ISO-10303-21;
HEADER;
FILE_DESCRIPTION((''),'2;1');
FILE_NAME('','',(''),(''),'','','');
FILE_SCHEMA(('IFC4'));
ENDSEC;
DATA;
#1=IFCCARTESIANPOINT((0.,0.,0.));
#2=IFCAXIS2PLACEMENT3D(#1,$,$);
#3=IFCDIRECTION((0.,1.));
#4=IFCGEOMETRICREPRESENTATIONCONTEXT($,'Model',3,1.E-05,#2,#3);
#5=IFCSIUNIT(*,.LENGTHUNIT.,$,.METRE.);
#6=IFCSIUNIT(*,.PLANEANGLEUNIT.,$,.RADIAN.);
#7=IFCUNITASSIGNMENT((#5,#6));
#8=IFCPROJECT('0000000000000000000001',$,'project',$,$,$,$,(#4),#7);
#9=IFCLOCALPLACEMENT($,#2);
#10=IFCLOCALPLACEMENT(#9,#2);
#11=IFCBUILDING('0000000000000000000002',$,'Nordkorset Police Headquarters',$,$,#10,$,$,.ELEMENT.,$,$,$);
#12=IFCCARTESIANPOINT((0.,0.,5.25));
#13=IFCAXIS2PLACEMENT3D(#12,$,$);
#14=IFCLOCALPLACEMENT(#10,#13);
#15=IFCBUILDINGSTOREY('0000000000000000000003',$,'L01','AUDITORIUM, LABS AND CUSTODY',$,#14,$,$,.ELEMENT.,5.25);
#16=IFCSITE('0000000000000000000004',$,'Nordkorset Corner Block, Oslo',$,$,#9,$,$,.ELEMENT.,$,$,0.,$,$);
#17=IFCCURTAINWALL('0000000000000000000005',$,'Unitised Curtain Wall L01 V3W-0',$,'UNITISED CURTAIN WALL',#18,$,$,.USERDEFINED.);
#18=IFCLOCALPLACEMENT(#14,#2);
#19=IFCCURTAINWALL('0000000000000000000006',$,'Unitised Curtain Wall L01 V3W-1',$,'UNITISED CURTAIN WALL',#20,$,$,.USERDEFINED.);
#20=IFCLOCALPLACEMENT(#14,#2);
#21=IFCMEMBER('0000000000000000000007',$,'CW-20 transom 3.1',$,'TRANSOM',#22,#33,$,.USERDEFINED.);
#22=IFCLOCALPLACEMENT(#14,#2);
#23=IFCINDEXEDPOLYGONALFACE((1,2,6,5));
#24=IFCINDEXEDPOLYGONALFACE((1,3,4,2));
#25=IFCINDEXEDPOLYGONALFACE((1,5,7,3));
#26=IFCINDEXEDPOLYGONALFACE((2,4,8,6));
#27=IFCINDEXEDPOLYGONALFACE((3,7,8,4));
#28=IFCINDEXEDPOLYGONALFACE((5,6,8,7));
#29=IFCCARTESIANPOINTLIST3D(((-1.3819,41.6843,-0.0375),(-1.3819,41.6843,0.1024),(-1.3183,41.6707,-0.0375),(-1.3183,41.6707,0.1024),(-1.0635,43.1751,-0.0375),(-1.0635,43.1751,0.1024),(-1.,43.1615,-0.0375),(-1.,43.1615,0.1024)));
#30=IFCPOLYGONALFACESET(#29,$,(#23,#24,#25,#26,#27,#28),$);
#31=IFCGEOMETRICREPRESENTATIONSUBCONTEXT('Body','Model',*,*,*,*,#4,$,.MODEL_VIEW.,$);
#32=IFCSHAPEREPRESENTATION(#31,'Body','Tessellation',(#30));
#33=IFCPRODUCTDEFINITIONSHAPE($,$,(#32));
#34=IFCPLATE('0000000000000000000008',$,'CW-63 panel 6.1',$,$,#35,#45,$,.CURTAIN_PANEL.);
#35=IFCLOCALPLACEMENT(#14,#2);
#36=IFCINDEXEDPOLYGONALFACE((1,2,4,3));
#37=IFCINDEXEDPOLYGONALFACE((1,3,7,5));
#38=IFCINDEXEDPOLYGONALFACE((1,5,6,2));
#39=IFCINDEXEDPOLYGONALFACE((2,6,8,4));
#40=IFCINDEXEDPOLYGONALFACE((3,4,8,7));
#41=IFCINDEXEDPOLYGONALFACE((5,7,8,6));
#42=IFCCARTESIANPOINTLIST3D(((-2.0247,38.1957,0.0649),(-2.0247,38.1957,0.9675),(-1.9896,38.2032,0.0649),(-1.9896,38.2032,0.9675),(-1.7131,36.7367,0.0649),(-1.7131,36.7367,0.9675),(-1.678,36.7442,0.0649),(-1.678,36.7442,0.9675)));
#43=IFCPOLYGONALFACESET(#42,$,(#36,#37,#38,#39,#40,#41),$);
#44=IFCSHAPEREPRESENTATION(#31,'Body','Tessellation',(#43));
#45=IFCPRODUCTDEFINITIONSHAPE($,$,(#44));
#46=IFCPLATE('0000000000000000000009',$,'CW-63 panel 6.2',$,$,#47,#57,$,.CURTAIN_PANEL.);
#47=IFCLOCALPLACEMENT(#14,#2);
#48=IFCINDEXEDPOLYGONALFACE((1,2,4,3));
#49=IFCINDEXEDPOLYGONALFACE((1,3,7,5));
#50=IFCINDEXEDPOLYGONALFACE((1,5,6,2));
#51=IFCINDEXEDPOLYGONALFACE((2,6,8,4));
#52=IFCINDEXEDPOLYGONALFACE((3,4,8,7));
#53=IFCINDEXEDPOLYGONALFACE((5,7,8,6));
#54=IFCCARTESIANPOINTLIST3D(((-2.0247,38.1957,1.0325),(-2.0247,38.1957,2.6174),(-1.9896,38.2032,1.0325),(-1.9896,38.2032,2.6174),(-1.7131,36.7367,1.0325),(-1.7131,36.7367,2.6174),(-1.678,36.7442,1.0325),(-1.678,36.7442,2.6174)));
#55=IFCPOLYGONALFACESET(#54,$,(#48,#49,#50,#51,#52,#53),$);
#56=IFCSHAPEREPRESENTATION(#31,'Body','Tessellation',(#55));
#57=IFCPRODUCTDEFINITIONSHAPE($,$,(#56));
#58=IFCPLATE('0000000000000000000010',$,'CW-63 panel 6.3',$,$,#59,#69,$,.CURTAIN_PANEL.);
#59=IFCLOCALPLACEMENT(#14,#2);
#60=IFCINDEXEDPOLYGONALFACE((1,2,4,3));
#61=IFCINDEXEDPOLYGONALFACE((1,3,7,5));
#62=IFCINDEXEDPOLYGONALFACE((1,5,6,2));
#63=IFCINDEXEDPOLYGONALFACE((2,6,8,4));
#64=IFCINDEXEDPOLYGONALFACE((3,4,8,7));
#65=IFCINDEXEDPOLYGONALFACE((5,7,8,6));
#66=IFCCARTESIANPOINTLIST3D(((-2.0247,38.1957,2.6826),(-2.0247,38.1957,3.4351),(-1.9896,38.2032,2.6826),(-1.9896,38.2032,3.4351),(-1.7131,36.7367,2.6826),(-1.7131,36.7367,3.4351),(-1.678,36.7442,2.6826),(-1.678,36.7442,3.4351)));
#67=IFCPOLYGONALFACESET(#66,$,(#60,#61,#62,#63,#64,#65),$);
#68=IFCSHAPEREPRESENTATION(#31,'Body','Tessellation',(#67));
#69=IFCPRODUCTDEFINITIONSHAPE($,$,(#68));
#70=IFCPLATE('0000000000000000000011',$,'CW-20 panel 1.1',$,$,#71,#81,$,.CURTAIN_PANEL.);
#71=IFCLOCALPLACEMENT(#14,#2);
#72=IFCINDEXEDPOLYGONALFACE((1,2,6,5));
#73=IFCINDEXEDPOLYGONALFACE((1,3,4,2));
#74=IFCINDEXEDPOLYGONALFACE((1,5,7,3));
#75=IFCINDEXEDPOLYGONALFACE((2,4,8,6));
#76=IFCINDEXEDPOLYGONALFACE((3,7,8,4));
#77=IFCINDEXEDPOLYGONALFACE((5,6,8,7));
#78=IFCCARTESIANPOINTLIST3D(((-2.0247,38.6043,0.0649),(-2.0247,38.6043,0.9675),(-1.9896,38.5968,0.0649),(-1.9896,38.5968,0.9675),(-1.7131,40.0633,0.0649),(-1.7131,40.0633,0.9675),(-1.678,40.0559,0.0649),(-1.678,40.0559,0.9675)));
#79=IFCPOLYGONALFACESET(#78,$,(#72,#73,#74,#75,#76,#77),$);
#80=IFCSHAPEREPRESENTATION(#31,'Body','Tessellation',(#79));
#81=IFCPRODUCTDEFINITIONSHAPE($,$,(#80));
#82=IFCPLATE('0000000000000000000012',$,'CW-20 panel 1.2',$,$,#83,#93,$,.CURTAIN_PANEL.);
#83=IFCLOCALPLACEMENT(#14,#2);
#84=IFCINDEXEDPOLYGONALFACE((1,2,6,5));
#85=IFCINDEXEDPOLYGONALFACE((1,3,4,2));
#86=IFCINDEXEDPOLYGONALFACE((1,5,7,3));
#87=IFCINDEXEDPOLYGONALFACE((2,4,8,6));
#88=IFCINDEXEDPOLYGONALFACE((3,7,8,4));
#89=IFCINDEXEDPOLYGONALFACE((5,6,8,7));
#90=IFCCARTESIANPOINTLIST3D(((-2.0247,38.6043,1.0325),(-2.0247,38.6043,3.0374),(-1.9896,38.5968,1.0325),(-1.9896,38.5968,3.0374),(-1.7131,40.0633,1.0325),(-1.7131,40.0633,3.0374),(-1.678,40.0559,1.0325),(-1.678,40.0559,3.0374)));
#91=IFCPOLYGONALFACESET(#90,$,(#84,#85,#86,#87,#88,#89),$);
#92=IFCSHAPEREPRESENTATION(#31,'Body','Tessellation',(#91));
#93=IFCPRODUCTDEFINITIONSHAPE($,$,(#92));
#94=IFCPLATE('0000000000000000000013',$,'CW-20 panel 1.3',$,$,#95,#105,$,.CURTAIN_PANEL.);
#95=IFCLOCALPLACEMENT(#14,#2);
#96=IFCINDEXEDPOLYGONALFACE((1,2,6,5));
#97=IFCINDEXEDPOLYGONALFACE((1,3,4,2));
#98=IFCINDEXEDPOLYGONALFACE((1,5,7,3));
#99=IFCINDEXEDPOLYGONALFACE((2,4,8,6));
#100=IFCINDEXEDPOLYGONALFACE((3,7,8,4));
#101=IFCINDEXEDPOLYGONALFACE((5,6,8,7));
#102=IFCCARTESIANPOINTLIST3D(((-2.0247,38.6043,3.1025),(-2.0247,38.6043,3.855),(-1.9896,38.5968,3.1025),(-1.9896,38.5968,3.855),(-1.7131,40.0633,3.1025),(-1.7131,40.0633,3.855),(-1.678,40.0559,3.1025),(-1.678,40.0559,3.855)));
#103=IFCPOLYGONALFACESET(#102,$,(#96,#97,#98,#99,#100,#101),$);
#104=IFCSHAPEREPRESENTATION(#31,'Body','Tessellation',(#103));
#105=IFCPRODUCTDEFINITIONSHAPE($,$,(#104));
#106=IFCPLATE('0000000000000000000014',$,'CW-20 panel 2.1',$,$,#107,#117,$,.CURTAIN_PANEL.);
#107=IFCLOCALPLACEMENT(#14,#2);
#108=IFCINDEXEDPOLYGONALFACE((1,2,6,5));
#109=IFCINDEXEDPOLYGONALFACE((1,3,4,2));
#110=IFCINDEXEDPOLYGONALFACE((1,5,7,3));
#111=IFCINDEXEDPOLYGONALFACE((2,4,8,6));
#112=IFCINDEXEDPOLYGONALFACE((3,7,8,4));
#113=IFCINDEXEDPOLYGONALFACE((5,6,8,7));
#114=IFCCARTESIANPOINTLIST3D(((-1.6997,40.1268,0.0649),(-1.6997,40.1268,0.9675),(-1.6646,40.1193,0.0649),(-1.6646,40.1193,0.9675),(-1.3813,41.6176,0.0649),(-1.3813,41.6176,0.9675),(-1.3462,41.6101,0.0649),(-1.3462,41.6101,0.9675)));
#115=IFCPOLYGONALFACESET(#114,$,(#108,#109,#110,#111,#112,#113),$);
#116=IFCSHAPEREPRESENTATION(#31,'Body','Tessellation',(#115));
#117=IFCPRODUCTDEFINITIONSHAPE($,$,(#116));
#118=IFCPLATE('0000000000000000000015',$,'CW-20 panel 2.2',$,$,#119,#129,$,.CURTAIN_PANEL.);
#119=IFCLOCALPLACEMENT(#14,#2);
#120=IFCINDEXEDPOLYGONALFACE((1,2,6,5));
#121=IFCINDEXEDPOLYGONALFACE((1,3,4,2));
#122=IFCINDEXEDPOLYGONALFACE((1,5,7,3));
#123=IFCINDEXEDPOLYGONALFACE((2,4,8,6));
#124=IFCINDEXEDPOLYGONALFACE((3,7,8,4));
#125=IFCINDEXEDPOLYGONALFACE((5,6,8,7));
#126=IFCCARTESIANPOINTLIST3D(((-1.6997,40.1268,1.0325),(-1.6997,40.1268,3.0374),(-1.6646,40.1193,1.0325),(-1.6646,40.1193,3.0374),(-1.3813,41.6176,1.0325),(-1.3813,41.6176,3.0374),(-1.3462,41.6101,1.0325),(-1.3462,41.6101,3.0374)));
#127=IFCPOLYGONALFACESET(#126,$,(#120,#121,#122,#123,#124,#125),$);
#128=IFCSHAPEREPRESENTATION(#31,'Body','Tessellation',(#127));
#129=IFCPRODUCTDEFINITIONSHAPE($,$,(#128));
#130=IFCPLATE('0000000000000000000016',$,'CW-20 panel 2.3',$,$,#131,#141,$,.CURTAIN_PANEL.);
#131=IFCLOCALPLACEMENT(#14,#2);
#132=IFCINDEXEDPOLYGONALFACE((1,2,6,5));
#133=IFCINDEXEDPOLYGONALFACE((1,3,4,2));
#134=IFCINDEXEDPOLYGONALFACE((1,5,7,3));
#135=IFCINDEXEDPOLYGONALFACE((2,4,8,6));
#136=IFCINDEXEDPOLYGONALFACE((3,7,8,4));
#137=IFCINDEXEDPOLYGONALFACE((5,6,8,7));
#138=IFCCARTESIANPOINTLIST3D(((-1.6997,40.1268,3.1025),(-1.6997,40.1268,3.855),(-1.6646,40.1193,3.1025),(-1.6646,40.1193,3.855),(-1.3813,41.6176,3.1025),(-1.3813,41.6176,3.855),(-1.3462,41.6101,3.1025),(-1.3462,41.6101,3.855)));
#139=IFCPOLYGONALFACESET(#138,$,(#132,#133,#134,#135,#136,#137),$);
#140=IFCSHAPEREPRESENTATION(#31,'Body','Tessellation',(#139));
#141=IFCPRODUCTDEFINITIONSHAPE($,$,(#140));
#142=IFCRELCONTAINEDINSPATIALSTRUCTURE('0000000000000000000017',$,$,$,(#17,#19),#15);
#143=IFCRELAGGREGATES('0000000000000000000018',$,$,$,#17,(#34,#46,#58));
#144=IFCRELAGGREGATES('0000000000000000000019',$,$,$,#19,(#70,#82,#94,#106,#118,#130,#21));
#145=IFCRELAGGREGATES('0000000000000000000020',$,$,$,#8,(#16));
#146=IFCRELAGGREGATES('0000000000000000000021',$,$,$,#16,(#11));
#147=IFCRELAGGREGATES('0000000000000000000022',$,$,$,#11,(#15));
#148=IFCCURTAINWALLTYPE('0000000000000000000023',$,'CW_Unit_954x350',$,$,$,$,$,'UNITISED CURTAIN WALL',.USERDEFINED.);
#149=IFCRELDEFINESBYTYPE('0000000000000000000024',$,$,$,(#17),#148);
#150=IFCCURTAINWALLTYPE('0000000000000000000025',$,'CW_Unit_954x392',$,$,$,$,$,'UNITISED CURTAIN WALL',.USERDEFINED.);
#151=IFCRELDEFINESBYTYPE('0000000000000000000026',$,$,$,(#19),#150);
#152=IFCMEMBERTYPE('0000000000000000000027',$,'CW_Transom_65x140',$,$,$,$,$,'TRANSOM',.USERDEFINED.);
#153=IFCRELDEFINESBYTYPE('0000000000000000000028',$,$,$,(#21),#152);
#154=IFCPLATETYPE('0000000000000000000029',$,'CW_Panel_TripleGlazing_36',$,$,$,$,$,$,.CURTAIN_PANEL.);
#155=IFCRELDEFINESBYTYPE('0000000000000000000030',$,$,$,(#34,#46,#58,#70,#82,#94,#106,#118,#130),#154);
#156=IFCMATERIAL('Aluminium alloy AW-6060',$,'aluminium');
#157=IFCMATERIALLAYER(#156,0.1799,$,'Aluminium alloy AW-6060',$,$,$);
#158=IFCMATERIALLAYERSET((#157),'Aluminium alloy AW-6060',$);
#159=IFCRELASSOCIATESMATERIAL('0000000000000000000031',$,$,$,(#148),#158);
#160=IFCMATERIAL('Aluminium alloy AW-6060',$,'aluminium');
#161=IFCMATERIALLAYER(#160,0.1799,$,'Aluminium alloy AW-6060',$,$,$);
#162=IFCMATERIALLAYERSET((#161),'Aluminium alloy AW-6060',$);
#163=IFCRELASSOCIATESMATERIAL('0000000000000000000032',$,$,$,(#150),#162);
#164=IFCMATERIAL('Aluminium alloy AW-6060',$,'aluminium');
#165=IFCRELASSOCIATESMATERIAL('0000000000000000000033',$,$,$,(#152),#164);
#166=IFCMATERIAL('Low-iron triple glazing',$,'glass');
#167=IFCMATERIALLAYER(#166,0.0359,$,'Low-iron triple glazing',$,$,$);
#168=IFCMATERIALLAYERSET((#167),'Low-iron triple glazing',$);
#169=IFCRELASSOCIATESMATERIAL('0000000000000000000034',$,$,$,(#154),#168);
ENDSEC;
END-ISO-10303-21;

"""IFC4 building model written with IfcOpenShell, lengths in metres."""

from ifc_helpers import new_model, si_unit, direction, frame, origin, origin_2d, place, context, subcontext, project, spatial, rectangle, extrude, material, layer, layer_set, material_profile, profile_set, type_object, element, aggregate, save


model = new_model("IFC4")

# Units and contexts
model_context = context("Model", 3, precision=1e-05, world=origin(), true_north=direction((0.0, 1.0)))
body_context = subcontext(model_context, "Body", "Model", "MODEL_VIEW")
ifc_project = project(units=[si_unit("LENGTHUNIT", "METRE"), si_unit("PLANEANGLEUNIT", "RADIAN")], contexts=[model_context])

# Site, building, storey
site_placement = place(None, origin())
site = spatial("IfcSite", under=ifc_project, at=site_placement, Name="Nordkorset Corner Block, Oslo", CompositionType="ELEMENT", RefElevation=0.0)
building_placement = place(site_placement, origin())
building = spatial("IfcBuilding", under=site, at=building_placement, Name="Nordkorset Police Headquarters", CompositionType="ELEMENT")
storey_placement = place(building_placement, frame((0.0, 0.0, 5.25)))
storey = spatial("IfcBuildingStorey", under=building, at=storey_placement, Name="L01", Description="AUDITORIUM, LABS AND CUSTODY", CompositionType="ELEMENT", Elevation=5.25)

# Curtain wall
ifc_material_1 = material(Name="Aluminium alloy AW-6060", Category="aluminium")
ifc_layer_1 = layer(ifc_material_1, 0.1799, Name="Aluminium alloy AW-6060")
ifc_layer_set_1 = layer_set([ifc_layer_1], Name="Aluminium alloy AW-6060")
curtain_wall_type_1 = type_object("IfcCurtainWallType", Name="CW_Unit_954x350", ElementType="UNITISED CURTAIN WALL", PredefinedType="USERDEFINED", material=ifc_layer_set_1)
curtain_wall_1_placement = place(storey_placement, origin())
curtain_wall_1 = element("IfcCurtainWall", 1, at=curtain_wall_1_placement, inside=storey, type_object=curtain_wall_type_1, Name="Unitised Curtain Wall L01 V3W-0", ObjectType="UNITISED CURTAIN WALL", PredefinedType="USERDEFINED")

# Curtain wall
ifc_material_2 = material(Name="Aluminium alloy AW-6060", Category="aluminium")
ifc_layer_2 = layer(ifc_material_2, 0.1799, Name="Aluminium alloy AW-6060")
ifc_layer_set_2 = layer_set([ifc_layer_2], Name="Aluminium alloy AW-6060")
curtain_wall_type_2 = type_object("IfcCurtainWallType", Name="CW_Unit_954x392", ElementType="UNITISED CURTAIN WALL", PredefinedType="USERDEFINED", material=ifc_layer_set_2)
curtain_wall_2_placement = place(storey_placement, origin())
curtain_wall_2 = element("IfcCurtainWall", 2, at=curtain_wall_2_placement, inside=storey, type_object=curtain_wall_type_2, Name="Unitised Curtain Wall L01 V3W-1", ObjectType="UNITISED CURTAIN WALL", PredefinedType="USERDEFINED")

# Member
ifc_material_3 = material(Name="Aluminium alloy AW-6060", Category="aluminium")
ifc_material_profile_1 = material_profile(ifc_material_3, rectangle(XDim=0.0649, YDim=0.1399, at=origin_2d()), Name="ALU TRAN 65x140")
ifc_profile_set_1 = profile_set([ifc_material_profile_1], Name="Aluminium alloy AW-6060")
member_type_1 = type_object("IfcMemberType", Name="CW_Transom_65x140", ElementType="TRANSOM", PredefinedType="USERDEFINED", material=ifc_profile_set_1)
member_1_placement = place(storey_placement, frame((-1.3501, 41.6775, 0.0325), z_axis=(0.208851, 0.977947, 0.0), x_axis=(-0.977947, 0.208851, 0.0)))
member_1 = element("IfcMember", 3, at=member_1_placement, type_object=member_type_1, Name="CW-20 transom 3.1", ObjectType="TRANSOM", PredefinedType="USERDEFINED", context=body_context, shape_type="SweptSolid", body=[
    extrude(rectangle(XDim=0.0649, YDim=0.1399, at=origin_2d()), origin(), (0.0, 0.0, 1.0), 1.5244),
])

# Plates
ifc_material_4 = material(Name="Low-iron triple glazing", Category="glass")
ifc_layer_3 = layer(ifc_material_4, 0.0359, Name="Low-iron triple glazing")
ifc_layer_set_3 = layer_set([ifc_layer_3], Name="Low-iron triple glazing")
plate_type = type_object("IfcPlateType", Name="CW_Panel_TripleGlazing_36", PredefinedType="CURTAIN_PANEL", material=ifc_layer_set_3)
plate_1_placement = place(storey_placement, frame((-1.8513, 37.47, 0.0649), z_axis=(0.0, 0.0, 1.0), x_axis=(-0.208833, 0.977951, 0.0)))
plate_1 = element("IfcPlate", 4, at=plate_1_placement, type_object=plate_type, Name="CW-63 panel 6.1", PredefinedType="CURTAIN_PANEL", context=body_context, shape_type="SweptSolid", body=[
    extrude(rectangle(XDim=1.4919, YDim=0.0359, at=origin_2d()), origin(), (0.0, 0.0, 1.0), 0.9026),
])
plate_2_placement = place(storey_placement, frame((-1.8513, 37.47, 1.0325), z_axis=(0.0, 0.0, 1.0), x_axis=(-0.208833, 0.977951, 0.0)))
plate_2 = element("IfcPlate", 5, at=plate_2_placement, type_object=plate_type, Name="CW-63 panel 6.2", PredefinedType="CURTAIN_PANEL", context=body_context, shape_type="SweptSolid", body=[
    extrude(rectangle(XDim=1.4919, YDim=0.0359, at=origin_2d()), origin(), (0.0, 0.0, 1.0), 1.585),
])
plate_3_placement = place(storey_placement, frame((-1.8513, 37.47, 2.6826), z_axis=(0.0, 0.0, 1.0), x_axis=(-0.208833, 0.977951, 0.0)))
plate_3 = element("IfcPlate", 6, at=plate_3_placement, type_object=plate_type, Name="CW-63 panel 6.3", PredefinedType="CURTAIN_PANEL", context=body_context, shape_type="SweptSolid", body=[
    extrude(rectangle(XDim=1.4919, YDim=0.0359, at=origin_2d()), origin(), (0.0, 0.0, 1.0), 0.7524),
])
aggregate(curtain_wall_1, [plate_1, plate_2, plate_3])
plate_4_placement = place(storey_placement, frame((-1.8513, 39.3301, 0.0649), z_axis=(0.0, 0.0, 1.0), x_axis=(0.208833, 0.977951, 0.0)))
plate_4 = element("IfcPlate", 7, at=plate_4_placement, type_object=plate_type, Name="CW-20 panel 1.1", PredefinedType="CURTAIN_PANEL", context=body_context, shape_type="SweptSolid", body=[
    extrude(rectangle(XDim=1.4919, YDim=0.0359, at=origin_2d()), origin(), (0.0, 0.0, 1.0), 0.9026),
])
plate_5_placement = place(storey_placement, frame((-1.8513, 39.3301, 1.0325), z_axis=(0.0, 0.0, 1.0), x_axis=(0.208833, 0.977951, 0.0)))
plate_5 = element("IfcPlate", 8, at=plate_5_placement, type_object=plate_type, Name="CW-20 panel 1.2", PredefinedType="CURTAIN_PANEL", context=body_context, shape_type="SweptSolid", body=[
    extrude(rectangle(XDim=1.4919, YDim=0.0359, at=origin_2d()), origin(), (0.0, 0.0, 1.0), 2.0049),
])
plate_6_placement = place(storey_placement, frame((-1.8513, 39.3301, 3.1025), z_axis=(0.0, 0.0, 1.0), x_axis=(0.208833, 0.977951, 0.0)))
plate_6 = element("IfcPlate", 9, at=plate_6_placement, type_object=plate_type, Name="CW-20 panel 1.3", PredefinedType="CURTAIN_PANEL", context=body_context, shape_type="SweptSolid", body=[
    extrude(rectangle(XDim=1.4919, YDim=0.0359, at=origin_2d()), origin(), (0.0, 0.0, 1.0), 0.7524),
])
plate_7_placement = place(storey_placement, frame((-1.5229, 40.8684, 0.0649), z_axis=(0.0, 0.0, 1.0), x_axis=(0.208833, 0.977951, 0.0)))
plate_7 = element("IfcPlate", 10, at=plate_7_placement, type_object=plate_type, Name="CW-20 panel 2.1", PredefinedType="CURTAIN_PANEL", context=body_context, shape_type="SweptSolid", body=[
    extrude(rectangle(XDim=1.5244, YDim=0.0359, at=origin_2d()), origin(), (0.0, 0.0, 1.0), 0.9026),
])
plate_8_placement = place(storey_placement, frame((-1.5229, 40.8684, 1.0325), z_axis=(0.0, 0.0, 1.0), x_axis=(0.208833, 0.977951, 0.0)))
plate_8 = element("IfcPlate", 11, at=plate_8_placement, type_object=plate_type, Name="CW-20 panel 2.2", PredefinedType="CURTAIN_PANEL", context=body_context, shape_type="SweptSolid", body=[
    extrude(rectangle(XDim=1.5244, YDim=0.0359, at=origin_2d()), origin(), (0.0, 0.0, 1.0), 2.0049),
])
plate_9_placement = place(storey_placement, frame((-1.5229, 40.8684, 3.1025), z_axis=(0.0, 0.0, 1.0), x_axis=(0.208833, 0.977951, 0.0)))
plate_9 = element("IfcPlate", 12, at=plate_9_placement, type_object=plate_type, Name="CW-20 panel 2.3", PredefinedType="CURTAIN_PANEL", context=body_context, shape_type="SweptSolid", body=[
    extrude(rectangle(XDim=1.5244, YDim=0.0359, at=origin_2d()), origin(), (0.0, 0.0, 1.0), 0.7524),
])
aggregate(curtain_wall_2, [plate_4, plate_5, plate_6, plate_7, plate_8, plate_9, member_1])

save(model, "model.ifc")
